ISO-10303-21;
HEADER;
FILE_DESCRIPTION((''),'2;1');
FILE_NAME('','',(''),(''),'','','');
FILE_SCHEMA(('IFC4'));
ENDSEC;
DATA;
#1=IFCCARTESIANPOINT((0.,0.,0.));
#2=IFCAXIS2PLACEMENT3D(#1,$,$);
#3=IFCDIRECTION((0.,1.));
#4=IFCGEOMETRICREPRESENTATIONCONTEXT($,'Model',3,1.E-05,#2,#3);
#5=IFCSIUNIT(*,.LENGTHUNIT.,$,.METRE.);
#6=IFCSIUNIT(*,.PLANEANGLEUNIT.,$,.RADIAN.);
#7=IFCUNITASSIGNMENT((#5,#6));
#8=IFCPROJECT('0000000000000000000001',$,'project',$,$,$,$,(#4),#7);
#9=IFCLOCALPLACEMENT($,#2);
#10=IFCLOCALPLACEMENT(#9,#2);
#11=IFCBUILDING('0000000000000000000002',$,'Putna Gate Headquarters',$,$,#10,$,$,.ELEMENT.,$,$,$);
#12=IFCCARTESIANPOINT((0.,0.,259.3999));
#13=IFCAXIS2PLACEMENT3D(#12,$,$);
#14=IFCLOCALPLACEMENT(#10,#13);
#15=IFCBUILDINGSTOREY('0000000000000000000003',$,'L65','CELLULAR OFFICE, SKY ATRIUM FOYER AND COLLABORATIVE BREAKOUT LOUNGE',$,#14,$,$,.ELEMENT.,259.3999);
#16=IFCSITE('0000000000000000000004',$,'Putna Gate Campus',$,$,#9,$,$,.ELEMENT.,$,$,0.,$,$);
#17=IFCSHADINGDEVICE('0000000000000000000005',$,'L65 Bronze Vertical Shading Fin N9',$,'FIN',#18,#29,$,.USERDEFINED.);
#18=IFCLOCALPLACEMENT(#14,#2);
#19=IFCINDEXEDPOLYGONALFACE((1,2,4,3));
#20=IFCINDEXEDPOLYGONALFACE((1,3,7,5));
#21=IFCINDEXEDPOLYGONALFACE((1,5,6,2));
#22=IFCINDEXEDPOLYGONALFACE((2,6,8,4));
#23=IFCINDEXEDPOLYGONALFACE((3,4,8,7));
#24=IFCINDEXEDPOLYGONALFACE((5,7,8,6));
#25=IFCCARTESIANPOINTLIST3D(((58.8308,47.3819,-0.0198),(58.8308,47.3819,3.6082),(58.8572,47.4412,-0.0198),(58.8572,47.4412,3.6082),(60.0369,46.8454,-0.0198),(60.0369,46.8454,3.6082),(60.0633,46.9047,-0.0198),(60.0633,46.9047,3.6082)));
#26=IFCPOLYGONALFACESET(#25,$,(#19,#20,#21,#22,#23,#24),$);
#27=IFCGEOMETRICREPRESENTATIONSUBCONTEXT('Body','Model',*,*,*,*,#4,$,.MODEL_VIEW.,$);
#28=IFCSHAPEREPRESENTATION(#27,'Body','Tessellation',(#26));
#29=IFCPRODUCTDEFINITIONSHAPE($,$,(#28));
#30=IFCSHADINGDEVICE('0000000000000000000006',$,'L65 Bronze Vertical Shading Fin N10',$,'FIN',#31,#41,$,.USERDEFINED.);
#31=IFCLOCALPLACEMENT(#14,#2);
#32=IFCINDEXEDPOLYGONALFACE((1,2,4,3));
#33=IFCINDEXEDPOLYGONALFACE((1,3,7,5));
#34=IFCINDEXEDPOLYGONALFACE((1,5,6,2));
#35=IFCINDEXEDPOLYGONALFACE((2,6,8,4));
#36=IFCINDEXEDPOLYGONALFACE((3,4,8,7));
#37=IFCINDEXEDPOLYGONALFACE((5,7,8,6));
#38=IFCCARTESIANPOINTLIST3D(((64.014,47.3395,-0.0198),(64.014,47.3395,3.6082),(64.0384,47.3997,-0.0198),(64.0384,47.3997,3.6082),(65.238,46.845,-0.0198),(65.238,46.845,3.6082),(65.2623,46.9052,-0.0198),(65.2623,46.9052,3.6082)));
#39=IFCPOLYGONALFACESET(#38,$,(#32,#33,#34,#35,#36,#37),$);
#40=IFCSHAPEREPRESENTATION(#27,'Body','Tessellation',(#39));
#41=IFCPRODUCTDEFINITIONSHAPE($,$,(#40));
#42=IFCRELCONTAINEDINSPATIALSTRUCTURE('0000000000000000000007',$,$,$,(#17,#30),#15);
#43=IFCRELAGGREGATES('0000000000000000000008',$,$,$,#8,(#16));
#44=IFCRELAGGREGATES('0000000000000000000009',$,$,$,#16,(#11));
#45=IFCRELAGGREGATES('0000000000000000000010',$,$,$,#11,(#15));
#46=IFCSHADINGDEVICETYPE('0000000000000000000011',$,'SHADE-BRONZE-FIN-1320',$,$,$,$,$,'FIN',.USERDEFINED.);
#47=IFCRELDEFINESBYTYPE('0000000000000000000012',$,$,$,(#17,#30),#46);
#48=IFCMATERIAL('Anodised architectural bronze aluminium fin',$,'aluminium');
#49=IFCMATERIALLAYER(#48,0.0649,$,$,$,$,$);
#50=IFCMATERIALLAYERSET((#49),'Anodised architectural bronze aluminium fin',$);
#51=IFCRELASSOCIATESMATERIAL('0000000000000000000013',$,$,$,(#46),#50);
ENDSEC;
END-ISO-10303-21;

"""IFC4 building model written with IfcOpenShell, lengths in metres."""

from ifc_helpers import new_model, si_unit, direction, frame, origin, origin_2d, place, context, subcontext, project, spatial, rectangle, extrude, material, layer, layer_set, type_object, element, save


model = new_model("IFC4")

# Units and contexts
model_context = context("Model", 3, precision=1e-05, world=origin(), true_north=direction((0.0, 1.0)))
body_context = subcontext(model_context, "Body", "Model", "MODEL_VIEW")
ifc_project = project(units=[si_unit("LENGTHUNIT", "METRE"), si_unit("PLANEANGLEUNIT", "RADIAN")], contexts=[model_context])

# Site, building, storey
site_placement = place(None, origin())
site = spatial("IfcSite", under=ifc_project, at=site_placement, Name="Putna Gate Campus", CompositionType="ELEMENT", RefElevation=0.0)
building_placement = place(site_placement, origin())
building = spatial("IfcBuilding", under=site, at=building_placement, Name="Putna Gate Headquarters", CompositionType="ELEMENT")
storey_placement = place(building_placement, frame((0.0, 0.0, 259.3999)))
storey = spatial("IfcBuildingStorey", under=building, at=storey_placement, Name="L65", Description="CELLULAR OFFICE, SKY ATRIUM FOYER AND COLLABORATIVE BREAKOUT LOUNGE", CompositionType="ELEMENT", Elevation=259.3999)

# Shading devices
ifc_material_1 = material(Name="Anodised architectural bronze aluminium fin", Category="aluminium")
ifc_layer_1 = layer(ifc_material_1, 0.0649)
ifc_layer_set_1 = layer_set([ifc_layer_1], Name="Anodised architectural bronze aluminium fin")
shading_device_type = type_object("IfcShadingDeviceType", Name="SHADE-BRONZE-FIN-1320", ElementType="FIN", PredefinedType="USERDEFINED", material=ifc_layer_set_1)
for number, where, z_axis, x_axis, name in (
    (1, (59.447, 47.1433, -0.0198), (0.0, 0.0, 1.0), (-0.913687, 0.406418, 0.0), "L65 Bronze Vertical Shading Fin N9"),
    (2, (64.6382, 47.1223, -0.0198), (0.0, 0.0, 1.0), (-0.927184, 0.374607, 0.0), "L65 Bronze Vertical Shading Fin N10"),
):
    element("IfcShadingDevice", number, at=place(storey_placement, frame(where, z_axis=z_axis, x_axis=x_axis)), inside=storey, type_object=shading_device_type, Name=name, ObjectType="FIN", PredefinedType="USERDEFINED", context=body_context, shape_type="SweptSolid", body=[
        extrude(rectangle(XDim=1.3201, YDim=0.0649, at=origin_2d()), origin(), (0.0, 0.0, 1.0), 3.6279),
    ])

save(model, "model.ifc")
